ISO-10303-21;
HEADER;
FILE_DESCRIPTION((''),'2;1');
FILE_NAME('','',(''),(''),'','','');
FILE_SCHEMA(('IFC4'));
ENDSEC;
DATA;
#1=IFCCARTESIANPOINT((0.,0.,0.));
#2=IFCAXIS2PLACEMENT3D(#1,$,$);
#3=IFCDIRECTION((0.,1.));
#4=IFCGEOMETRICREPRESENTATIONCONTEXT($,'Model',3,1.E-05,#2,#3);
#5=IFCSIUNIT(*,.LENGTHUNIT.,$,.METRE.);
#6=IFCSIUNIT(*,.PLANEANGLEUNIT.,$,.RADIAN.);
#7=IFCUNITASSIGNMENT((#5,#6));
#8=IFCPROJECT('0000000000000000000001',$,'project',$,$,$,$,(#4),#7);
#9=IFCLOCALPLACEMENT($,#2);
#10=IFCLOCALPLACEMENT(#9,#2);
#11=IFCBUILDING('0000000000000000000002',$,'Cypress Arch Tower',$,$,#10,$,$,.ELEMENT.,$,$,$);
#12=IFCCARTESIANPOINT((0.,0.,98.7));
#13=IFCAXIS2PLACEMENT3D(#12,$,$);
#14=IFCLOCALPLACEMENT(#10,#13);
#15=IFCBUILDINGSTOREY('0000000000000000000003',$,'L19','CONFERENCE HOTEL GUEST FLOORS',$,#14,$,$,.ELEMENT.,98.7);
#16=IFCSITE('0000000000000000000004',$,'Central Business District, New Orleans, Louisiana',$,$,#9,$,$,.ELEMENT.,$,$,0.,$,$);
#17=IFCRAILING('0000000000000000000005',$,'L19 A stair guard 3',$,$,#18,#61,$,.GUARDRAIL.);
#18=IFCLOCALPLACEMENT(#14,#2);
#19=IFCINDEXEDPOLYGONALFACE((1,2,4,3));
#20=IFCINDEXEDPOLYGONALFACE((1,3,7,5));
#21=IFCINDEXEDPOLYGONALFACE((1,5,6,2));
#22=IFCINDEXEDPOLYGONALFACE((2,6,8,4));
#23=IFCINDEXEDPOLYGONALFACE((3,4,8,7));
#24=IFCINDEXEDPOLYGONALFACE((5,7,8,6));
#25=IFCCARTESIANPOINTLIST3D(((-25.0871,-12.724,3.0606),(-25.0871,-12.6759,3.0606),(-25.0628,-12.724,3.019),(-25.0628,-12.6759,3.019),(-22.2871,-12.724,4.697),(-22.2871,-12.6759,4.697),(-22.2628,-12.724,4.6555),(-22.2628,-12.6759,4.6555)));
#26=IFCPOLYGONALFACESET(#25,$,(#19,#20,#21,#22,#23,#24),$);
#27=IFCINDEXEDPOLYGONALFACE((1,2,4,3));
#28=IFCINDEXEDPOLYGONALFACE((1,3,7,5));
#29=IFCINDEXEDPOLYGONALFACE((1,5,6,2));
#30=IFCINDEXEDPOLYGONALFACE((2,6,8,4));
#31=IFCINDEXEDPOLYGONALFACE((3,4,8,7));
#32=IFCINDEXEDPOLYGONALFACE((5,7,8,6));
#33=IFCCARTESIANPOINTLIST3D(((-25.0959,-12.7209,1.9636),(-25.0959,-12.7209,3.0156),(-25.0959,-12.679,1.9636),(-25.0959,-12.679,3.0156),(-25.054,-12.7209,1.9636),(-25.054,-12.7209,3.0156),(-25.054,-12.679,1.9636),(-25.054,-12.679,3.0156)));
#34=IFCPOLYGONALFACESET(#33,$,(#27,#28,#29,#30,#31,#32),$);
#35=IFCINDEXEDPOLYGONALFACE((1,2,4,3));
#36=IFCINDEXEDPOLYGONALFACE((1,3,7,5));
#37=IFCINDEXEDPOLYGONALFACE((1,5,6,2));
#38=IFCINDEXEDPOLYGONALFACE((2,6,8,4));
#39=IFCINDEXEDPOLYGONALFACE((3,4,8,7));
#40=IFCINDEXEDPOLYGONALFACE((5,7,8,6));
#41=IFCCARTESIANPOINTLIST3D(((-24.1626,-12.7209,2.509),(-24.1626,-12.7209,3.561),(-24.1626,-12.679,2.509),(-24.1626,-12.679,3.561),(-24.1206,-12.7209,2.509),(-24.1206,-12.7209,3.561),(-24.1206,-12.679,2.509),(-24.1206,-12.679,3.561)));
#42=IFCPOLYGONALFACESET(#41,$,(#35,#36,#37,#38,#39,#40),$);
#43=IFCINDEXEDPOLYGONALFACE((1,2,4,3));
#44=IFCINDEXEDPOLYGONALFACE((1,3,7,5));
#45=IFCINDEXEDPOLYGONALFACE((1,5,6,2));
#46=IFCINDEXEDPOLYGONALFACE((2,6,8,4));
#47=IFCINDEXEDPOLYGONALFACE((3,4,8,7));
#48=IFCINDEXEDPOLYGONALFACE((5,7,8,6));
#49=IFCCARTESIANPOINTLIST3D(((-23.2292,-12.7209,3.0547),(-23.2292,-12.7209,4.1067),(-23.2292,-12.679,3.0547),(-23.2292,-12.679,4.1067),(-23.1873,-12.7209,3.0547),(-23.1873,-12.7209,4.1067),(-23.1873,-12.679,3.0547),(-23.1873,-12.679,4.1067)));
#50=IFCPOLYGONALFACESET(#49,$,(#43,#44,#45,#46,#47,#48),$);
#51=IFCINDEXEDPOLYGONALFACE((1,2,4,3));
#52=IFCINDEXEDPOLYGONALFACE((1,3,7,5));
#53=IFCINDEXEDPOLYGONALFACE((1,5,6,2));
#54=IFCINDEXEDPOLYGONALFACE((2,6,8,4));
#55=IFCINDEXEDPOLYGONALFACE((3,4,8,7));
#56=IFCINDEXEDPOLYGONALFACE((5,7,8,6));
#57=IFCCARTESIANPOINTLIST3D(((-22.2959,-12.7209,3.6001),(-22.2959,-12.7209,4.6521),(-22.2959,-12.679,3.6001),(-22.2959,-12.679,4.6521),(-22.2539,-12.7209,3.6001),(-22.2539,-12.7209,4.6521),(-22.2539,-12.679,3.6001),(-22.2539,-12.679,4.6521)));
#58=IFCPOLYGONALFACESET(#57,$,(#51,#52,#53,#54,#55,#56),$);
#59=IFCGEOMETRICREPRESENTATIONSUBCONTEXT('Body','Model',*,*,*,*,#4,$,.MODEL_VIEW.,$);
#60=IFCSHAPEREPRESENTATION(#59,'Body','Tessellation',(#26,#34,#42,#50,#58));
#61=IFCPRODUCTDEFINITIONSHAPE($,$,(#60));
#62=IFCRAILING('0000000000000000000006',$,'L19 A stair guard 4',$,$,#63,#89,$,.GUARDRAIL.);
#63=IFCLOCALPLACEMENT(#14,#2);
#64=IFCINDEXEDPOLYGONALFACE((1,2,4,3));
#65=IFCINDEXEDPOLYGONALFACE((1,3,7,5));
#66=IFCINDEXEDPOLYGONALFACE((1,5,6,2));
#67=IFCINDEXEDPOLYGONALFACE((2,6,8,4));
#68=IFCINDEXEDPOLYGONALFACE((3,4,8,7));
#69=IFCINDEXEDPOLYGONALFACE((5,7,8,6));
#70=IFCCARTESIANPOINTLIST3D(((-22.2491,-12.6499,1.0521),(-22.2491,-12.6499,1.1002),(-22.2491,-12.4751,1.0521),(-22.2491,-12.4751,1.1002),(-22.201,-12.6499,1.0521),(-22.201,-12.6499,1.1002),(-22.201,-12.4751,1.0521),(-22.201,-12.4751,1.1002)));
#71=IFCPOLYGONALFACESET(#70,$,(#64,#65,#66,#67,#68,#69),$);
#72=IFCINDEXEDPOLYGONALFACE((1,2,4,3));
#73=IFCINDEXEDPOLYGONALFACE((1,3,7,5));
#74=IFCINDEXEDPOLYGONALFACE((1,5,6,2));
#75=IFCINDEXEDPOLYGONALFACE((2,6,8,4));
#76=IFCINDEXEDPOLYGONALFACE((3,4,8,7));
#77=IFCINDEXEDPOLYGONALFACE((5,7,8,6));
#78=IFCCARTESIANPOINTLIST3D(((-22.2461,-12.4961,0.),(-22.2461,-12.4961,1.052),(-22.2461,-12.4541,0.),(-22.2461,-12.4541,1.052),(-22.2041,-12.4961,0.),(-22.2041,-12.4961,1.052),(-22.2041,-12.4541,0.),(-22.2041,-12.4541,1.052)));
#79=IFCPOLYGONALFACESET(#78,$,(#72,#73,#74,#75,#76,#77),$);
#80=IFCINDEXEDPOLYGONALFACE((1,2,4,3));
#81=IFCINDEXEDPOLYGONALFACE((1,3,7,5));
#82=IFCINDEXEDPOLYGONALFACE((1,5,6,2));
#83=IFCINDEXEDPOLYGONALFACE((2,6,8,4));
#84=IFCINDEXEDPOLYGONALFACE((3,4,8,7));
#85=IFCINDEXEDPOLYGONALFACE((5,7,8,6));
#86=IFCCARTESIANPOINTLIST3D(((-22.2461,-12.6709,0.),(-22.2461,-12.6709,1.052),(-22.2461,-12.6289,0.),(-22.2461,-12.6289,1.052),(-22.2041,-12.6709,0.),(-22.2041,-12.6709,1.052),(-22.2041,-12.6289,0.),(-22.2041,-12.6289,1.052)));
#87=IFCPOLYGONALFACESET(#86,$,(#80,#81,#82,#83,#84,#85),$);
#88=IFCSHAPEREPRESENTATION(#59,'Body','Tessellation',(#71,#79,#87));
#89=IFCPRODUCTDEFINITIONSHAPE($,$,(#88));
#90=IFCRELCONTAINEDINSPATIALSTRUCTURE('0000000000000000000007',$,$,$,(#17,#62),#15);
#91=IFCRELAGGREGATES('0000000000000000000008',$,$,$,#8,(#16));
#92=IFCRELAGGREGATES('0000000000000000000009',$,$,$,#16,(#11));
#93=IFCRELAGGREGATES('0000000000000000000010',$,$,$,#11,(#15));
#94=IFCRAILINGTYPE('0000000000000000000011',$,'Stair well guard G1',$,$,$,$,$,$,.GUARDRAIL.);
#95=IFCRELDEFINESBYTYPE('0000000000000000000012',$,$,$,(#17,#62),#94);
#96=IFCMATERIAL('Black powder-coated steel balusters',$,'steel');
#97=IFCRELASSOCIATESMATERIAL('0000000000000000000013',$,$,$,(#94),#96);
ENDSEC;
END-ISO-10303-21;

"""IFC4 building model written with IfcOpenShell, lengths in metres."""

from ifc_helpers import new_model, si_unit, direction, frame, origin, origin_2d, place, context, subcontext, project, spatial, rectangle, extrude, material, type_object, element, save


model = new_model("IFC4")

# Units and contexts
model_context = context("Model", 3, precision=1e-05, world=origin(), true_north=direction((0.0, 1.0)))
body_context = subcontext(model_context, "Body", "Model", "MODEL_VIEW")
ifc_project = project(units=[si_unit("LENGTHUNIT", "METRE"), si_unit("PLANEANGLEUNIT", "RADIAN")], contexts=[model_context])

# Site, building, storey
site_placement = place(None, origin())
site = spatial("IfcSite", under=ifc_project, at=site_placement, Name="Central Business District, New Orleans, Louisiana", CompositionType="ELEMENT", RefElevation=0.0)
building_placement = place(site_placement, origin())
building = spatial("IfcBuilding", under=site, at=building_placement, Name="Cypress Arch Tower", CompositionType="ELEMENT")
storey_placement = place(building_placement, frame((0.0, 0.0, 98.7)))
storey = spatial("IfcBuildingStorey", under=building, at=storey_placement, Name="L19", Description="CONFERENCE HOTEL GUEST FLOORS", CompositionType="ELEMENT", Elevation=98.7)

# Railings
ifc_material_1 = material(Name="Black powder-coated steel balusters", Category="steel")
railing_type_1 = type_object("IfcRailingType", Name="Stair well guard G1", PredefinedType="GUARDRAIL", material=ifc_material_1)
railing_1_placement = place(storey_placement, frame((-25.075, -12.7, 1.9636)))
element("IfcRailing", 1, at=railing_1_placement, inside=storey, type_object=railing_type_1, Name="L19 A stair guard 3", PredefinedType="GUARDRAIL", context=body_context, shape_type="SweptSolid", body=[
    extrude(rectangle(XDim=0.0481, YDim=0.0481, at=origin_2d()), frame((0.0, 0.0, 1.0762), z_axis=(0.863361, 0.0, 0.504587), x_axis=(0.0, 1.0, 0.0)), (0.0, 0.0, 1.0), 3.2432),
    extrude(rectangle(XDim=0.042, YDim=0.042, at=origin_2d()), origin(), (0.0, 0.0, 1.0), 1.052),
    extrude(rectangle(XDim=0.042, YDim=0.042, at=origin_2d()), frame((0.9333, 0.0, 0.5454)), (0.0, 0.0, 1.0), 1.052),
    extrude(rectangle(XDim=0.042, YDim=0.042, at=origin_2d()), frame((1.8667, 0.0, 1.0911)), (0.0, 0.0, 1.0), 1.052),
    extrude(rectangle(XDim=0.042, YDim=0.042, at=origin_2d()), frame((2.8, 0.0, 1.6365)), (0.0, 0.0, 1.0), 1.052),
])
railing_2_placement = place(storey_placement, frame((-22.2251, -12.4751, 0.0)))
element("IfcRailing", 2, at=railing_2_placement, inside=storey, type_object=railing_type_1, Name="L19 A stair guard 4", PredefinedType="GUARDRAIL", context=body_context, shape_type="SweptSolid", body=[
    extrude(rectangle(XDim=0.0481, YDim=0.0481, at=origin_2d()), frame((0.0, 0.0, 1.0762), z_axis=(0.0, -1.0, 0.0), x_axis=(1.0, 0.0, 0.0)), (0.0, 0.0, 1.0), 0.1748),
    extrude(rectangle(XDim=0.042, YDim=0.042, at=origin_2d()), origin(), (0.0, 0.0, 1.0), 1.052),
    extrude(rectangle(XDim=0.042, YDim=0.042, at=origin_2d()), frame((0.0, -0.1748, 0.0)), (0.0, 0.0, 1.0), 1.052),
])

save(model, "model.ifc")
